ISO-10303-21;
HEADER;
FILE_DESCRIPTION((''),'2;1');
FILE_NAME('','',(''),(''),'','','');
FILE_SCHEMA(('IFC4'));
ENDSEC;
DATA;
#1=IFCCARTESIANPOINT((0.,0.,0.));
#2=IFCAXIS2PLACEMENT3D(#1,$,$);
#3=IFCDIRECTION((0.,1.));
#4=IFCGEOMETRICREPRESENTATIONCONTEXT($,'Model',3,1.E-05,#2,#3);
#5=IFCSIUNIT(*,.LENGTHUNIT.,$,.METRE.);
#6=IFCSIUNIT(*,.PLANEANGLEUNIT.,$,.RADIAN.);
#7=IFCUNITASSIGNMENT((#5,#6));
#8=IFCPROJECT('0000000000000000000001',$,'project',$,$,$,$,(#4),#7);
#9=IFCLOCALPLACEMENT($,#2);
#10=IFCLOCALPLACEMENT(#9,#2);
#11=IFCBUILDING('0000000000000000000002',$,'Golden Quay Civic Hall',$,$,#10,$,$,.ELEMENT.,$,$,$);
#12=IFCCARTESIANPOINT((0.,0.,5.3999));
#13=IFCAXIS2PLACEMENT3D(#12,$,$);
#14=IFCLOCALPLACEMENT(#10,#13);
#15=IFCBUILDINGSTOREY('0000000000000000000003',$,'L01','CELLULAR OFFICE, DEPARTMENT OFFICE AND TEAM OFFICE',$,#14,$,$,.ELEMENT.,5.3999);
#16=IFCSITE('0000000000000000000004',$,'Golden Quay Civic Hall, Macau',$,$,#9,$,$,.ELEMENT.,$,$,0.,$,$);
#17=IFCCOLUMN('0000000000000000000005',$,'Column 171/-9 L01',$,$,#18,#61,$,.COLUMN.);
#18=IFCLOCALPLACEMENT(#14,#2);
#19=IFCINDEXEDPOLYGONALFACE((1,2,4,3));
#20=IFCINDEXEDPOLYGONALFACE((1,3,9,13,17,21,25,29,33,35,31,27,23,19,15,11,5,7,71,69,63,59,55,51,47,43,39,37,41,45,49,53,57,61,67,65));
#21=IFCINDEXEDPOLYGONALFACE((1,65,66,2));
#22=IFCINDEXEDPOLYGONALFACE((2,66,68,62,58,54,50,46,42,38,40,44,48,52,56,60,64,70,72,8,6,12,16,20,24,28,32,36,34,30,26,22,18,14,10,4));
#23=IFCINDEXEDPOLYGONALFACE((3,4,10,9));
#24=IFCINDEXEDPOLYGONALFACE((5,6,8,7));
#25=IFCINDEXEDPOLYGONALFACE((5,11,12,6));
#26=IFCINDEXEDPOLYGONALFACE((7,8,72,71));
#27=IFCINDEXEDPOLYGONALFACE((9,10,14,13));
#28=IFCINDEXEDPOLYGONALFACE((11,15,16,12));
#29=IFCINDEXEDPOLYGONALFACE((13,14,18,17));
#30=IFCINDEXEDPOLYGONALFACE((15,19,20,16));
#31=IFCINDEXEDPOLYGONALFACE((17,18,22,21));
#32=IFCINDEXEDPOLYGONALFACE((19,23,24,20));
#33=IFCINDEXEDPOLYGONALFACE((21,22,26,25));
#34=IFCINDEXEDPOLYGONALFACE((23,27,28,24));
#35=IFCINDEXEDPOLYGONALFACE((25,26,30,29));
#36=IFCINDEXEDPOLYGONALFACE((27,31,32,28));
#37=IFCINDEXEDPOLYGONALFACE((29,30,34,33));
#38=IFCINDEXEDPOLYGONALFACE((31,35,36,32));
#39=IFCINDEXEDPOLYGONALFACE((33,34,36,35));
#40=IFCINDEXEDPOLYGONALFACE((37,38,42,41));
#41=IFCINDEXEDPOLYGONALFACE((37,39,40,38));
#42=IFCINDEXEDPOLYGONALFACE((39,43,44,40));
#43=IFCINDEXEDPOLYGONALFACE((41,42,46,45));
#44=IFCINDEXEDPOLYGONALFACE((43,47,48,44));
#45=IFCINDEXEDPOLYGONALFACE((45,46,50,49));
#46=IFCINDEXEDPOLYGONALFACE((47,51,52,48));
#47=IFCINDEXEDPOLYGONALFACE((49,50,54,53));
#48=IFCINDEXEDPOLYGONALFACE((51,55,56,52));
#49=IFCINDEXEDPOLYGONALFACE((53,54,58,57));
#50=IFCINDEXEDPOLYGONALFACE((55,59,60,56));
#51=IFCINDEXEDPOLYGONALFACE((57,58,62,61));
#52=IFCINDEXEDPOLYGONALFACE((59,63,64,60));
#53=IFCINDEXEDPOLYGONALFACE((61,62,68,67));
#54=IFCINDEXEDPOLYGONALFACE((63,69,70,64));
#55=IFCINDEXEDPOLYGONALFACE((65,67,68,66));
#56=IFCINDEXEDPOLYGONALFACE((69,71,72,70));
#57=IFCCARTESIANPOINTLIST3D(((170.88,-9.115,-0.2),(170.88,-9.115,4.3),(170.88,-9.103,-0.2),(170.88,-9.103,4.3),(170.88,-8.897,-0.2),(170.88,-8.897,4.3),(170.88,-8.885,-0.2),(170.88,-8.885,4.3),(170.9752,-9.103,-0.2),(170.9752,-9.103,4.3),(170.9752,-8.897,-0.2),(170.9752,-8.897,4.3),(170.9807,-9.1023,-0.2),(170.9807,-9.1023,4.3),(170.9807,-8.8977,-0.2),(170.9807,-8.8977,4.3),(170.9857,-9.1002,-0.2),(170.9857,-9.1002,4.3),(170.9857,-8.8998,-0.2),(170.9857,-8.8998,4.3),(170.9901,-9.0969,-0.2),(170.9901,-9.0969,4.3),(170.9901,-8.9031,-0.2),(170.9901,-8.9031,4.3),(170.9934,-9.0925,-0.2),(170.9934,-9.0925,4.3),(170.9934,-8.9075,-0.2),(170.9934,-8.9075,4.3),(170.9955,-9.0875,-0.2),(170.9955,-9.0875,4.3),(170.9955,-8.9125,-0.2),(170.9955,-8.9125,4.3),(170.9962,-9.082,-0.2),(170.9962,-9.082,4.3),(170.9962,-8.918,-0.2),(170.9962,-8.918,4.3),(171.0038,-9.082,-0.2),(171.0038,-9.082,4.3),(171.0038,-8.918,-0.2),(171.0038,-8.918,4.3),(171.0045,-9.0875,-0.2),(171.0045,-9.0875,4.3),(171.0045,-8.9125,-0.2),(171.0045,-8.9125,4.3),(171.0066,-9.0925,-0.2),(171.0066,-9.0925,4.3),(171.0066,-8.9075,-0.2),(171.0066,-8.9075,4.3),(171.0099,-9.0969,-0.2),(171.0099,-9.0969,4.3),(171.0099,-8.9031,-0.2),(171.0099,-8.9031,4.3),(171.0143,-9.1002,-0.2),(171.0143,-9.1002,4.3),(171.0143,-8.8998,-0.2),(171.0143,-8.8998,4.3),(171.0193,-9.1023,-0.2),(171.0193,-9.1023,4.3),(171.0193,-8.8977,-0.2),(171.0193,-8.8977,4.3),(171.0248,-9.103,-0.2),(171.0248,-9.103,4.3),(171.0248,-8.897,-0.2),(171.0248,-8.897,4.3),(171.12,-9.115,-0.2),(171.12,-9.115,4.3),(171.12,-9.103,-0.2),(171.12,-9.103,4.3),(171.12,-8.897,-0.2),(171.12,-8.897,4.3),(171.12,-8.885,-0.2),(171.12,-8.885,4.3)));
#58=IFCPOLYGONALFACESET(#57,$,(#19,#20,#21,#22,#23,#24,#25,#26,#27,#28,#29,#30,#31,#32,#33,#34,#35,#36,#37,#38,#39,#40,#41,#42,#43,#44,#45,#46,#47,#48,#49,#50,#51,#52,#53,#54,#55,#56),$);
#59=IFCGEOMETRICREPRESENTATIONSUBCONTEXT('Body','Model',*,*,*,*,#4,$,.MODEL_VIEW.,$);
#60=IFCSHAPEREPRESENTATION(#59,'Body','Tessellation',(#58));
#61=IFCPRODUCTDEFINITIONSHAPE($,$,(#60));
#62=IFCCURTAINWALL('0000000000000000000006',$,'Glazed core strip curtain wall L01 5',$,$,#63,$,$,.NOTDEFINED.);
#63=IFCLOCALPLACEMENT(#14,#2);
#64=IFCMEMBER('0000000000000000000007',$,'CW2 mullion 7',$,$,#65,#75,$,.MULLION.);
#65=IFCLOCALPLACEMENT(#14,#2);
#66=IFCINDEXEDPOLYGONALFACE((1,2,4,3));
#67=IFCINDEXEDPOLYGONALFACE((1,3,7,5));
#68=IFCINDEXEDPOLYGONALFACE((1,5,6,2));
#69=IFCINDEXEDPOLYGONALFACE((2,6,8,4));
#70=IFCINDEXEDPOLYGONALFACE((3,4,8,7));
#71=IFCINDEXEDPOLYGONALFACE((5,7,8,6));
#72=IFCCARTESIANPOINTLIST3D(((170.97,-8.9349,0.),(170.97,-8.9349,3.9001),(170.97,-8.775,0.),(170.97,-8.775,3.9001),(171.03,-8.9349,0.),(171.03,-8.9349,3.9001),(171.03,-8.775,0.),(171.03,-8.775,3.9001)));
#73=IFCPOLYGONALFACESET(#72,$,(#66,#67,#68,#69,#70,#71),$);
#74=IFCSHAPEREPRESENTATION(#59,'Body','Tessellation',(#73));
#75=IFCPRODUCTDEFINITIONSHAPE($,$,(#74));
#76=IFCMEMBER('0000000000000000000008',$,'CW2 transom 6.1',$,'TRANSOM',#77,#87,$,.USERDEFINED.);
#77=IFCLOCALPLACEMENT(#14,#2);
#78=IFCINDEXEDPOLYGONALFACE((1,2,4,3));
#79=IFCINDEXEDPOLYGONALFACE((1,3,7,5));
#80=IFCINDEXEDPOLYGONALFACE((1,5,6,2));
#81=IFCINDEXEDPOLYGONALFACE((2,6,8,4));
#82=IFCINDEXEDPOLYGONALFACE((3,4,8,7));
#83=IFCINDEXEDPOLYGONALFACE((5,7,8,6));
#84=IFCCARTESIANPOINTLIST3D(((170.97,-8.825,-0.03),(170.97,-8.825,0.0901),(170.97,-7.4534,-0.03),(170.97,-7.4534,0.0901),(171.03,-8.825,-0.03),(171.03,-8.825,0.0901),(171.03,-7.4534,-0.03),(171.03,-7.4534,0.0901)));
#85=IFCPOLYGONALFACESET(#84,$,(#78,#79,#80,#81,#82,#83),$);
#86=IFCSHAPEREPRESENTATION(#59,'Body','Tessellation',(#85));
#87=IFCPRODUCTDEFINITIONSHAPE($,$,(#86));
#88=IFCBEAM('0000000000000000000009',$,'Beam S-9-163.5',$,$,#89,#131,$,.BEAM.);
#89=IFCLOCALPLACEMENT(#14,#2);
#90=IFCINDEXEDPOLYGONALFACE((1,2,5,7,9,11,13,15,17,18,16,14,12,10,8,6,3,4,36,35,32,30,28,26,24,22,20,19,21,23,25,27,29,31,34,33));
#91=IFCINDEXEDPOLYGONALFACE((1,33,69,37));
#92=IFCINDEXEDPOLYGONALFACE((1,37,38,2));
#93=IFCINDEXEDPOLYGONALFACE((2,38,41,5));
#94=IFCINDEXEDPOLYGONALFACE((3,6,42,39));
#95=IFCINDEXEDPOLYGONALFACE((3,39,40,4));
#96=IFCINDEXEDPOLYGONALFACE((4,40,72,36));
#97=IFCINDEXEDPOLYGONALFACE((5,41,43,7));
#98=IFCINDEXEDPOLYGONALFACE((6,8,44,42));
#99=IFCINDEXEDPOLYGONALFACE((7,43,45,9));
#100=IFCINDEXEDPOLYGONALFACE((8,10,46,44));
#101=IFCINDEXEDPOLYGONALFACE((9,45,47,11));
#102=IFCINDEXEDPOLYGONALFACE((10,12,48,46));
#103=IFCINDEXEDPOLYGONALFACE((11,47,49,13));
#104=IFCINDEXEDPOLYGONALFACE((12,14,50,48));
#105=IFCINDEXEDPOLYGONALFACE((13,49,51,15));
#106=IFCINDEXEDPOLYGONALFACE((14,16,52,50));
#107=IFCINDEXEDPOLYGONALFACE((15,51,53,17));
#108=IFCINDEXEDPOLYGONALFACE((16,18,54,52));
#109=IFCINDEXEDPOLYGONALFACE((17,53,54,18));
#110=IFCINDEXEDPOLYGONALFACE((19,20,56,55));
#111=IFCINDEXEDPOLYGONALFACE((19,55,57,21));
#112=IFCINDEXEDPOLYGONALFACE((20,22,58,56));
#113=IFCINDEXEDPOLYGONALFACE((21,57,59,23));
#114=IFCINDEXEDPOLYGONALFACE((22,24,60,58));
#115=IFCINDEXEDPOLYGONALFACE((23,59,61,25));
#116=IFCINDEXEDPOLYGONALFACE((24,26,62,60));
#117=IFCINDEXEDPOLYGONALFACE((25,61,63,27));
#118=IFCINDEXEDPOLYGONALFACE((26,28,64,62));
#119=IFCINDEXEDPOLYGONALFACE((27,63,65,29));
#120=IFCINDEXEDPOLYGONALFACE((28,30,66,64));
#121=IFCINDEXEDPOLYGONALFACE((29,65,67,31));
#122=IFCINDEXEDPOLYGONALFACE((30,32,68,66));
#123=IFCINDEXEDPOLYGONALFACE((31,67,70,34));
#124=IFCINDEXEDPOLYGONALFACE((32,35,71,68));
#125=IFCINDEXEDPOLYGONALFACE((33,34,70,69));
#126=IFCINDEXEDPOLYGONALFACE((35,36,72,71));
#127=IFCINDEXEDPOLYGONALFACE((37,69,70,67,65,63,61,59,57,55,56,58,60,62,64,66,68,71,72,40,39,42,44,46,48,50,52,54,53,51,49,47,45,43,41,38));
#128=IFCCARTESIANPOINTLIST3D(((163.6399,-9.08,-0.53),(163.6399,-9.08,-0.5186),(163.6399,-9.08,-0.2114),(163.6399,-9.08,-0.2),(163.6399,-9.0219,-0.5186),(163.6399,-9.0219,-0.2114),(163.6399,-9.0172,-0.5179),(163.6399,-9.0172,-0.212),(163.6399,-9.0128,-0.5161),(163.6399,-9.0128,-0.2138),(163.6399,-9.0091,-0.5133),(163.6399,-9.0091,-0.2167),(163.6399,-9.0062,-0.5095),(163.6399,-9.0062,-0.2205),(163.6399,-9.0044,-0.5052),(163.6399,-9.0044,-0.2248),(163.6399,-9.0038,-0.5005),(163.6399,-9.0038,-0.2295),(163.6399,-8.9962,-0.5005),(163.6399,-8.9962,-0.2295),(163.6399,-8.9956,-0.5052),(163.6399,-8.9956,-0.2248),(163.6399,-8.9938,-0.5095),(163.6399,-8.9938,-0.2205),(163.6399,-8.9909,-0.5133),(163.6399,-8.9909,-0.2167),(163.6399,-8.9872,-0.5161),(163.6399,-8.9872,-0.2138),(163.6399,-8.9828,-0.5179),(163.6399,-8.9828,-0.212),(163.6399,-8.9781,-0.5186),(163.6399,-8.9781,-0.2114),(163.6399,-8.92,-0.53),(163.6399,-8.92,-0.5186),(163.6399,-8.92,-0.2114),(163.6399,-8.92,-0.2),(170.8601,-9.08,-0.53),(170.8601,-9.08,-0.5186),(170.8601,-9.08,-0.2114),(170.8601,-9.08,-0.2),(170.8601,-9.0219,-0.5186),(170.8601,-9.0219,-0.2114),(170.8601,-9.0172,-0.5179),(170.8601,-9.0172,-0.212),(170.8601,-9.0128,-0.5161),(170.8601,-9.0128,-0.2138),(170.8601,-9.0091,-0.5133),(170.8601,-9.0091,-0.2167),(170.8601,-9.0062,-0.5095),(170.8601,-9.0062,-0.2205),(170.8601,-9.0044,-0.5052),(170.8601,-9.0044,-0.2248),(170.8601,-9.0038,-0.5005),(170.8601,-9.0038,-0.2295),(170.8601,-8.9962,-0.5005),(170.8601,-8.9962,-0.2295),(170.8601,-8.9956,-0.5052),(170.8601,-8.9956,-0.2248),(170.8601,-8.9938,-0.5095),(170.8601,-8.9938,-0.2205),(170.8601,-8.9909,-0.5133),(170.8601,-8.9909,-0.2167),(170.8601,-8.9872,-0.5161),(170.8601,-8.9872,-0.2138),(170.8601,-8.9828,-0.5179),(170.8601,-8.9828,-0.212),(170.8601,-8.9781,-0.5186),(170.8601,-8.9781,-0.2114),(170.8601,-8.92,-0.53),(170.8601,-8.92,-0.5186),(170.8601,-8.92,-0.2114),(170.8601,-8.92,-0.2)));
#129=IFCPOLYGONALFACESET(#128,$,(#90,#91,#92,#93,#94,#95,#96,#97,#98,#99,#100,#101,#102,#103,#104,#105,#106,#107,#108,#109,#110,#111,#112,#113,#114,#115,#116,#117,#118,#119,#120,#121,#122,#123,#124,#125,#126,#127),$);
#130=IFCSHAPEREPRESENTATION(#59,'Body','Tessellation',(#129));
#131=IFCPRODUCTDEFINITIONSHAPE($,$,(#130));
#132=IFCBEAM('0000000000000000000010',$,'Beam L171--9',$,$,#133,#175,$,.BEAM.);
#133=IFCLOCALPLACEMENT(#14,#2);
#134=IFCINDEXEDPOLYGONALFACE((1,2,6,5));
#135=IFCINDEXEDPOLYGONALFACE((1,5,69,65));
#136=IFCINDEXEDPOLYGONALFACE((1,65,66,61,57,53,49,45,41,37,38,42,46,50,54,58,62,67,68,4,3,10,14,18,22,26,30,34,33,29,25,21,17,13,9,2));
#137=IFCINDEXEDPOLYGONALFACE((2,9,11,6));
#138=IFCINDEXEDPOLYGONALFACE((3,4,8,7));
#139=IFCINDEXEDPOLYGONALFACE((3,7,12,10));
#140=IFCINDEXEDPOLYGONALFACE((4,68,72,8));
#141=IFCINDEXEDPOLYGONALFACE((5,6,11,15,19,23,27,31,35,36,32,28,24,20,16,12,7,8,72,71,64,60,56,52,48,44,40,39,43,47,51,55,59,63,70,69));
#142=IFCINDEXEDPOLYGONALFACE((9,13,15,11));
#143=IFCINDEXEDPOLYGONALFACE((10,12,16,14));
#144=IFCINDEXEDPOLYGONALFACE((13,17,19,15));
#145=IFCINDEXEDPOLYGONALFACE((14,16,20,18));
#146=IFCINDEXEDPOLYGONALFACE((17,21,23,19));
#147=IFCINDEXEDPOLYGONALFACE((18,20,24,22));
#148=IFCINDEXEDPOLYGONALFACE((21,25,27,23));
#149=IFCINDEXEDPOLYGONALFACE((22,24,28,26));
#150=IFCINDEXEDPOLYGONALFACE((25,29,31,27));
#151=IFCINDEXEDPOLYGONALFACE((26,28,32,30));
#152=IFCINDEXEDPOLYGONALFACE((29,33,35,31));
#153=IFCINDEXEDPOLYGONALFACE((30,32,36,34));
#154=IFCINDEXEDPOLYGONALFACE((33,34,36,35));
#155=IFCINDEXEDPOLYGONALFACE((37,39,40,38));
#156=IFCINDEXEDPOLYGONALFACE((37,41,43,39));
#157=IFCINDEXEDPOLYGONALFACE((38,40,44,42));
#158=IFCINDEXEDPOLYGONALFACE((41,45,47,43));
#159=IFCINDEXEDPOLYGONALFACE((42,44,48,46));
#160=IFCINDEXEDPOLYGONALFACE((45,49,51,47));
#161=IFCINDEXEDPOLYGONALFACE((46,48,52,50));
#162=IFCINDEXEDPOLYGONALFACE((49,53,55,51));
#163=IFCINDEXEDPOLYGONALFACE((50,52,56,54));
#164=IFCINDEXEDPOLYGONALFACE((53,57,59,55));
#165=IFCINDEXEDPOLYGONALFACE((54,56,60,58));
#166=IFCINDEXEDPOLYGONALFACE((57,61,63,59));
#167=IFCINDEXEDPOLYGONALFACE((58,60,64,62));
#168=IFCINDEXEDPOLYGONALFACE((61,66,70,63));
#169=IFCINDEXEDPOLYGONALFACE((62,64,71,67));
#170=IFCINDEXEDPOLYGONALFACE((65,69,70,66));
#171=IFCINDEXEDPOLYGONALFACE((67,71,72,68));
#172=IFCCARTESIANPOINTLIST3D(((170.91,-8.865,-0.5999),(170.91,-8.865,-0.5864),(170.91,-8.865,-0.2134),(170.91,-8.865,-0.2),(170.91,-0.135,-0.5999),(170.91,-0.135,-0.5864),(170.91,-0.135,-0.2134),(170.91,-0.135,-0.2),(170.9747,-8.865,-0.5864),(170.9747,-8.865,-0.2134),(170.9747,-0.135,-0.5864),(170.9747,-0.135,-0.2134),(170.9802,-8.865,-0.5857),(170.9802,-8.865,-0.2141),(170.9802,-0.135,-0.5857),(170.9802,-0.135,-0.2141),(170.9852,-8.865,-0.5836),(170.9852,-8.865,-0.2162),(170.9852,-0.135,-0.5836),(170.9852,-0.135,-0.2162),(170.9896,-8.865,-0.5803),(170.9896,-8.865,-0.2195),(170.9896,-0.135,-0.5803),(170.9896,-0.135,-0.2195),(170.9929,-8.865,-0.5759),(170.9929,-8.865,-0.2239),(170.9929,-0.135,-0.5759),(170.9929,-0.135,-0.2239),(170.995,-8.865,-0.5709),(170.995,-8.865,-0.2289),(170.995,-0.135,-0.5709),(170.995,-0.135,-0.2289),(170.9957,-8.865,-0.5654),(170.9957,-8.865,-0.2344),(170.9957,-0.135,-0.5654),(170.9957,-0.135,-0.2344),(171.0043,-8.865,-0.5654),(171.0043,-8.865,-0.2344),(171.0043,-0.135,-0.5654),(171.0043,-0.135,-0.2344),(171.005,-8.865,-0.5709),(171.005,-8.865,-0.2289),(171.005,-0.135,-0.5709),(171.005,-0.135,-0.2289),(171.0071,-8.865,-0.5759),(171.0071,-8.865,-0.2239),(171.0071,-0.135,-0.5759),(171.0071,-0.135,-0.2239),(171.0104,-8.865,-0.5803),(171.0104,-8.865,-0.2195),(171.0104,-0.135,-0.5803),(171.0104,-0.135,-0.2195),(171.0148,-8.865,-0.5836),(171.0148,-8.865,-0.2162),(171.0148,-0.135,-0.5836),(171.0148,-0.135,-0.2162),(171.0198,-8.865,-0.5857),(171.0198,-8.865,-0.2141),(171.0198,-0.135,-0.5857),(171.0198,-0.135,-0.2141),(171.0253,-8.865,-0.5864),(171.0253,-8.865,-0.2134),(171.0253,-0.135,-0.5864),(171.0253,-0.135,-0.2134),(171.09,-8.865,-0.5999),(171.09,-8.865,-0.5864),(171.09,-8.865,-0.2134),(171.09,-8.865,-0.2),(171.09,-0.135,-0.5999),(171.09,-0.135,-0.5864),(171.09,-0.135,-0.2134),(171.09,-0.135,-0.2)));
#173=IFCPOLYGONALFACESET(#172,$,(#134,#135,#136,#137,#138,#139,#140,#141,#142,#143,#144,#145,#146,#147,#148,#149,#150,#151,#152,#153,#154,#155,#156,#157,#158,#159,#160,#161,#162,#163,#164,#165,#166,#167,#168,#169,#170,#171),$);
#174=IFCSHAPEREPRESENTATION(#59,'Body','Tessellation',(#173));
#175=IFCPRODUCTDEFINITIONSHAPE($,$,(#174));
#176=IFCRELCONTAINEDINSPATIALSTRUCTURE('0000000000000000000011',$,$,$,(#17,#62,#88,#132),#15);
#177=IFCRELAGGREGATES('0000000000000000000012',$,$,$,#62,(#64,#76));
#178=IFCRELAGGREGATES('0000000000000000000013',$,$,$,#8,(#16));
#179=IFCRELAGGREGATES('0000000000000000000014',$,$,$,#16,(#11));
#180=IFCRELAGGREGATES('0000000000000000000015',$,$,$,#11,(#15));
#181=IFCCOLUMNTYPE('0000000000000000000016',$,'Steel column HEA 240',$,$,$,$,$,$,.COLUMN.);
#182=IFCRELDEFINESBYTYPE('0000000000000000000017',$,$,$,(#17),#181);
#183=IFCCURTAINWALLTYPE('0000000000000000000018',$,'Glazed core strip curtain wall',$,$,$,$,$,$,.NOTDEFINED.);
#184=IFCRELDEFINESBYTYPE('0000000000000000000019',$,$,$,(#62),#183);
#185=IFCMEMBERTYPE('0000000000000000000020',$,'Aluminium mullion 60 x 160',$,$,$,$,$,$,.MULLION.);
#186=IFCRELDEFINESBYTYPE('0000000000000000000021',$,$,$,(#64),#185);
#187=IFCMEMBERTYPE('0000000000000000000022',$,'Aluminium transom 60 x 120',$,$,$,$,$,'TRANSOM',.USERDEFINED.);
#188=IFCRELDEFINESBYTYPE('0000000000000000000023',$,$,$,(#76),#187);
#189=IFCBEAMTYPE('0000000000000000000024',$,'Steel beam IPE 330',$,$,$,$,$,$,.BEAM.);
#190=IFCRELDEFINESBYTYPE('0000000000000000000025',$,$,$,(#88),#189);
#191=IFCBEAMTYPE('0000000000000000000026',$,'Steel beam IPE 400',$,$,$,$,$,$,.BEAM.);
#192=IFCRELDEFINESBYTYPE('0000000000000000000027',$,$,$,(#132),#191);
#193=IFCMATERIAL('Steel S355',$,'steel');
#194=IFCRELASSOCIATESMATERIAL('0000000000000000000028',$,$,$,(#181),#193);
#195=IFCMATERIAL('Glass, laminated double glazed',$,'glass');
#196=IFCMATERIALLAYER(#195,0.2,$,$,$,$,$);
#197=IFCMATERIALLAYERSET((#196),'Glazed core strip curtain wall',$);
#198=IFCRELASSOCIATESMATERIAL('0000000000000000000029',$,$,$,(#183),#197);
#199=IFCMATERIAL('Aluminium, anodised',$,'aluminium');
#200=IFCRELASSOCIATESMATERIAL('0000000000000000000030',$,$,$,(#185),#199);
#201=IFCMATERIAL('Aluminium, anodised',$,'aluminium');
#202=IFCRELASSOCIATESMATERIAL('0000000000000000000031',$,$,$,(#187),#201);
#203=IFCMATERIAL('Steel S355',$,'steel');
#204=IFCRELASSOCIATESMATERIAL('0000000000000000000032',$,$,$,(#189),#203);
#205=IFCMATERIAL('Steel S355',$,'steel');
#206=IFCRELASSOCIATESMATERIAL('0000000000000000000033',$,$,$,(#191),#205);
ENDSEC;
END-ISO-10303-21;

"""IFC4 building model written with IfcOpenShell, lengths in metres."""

from ifc_helpers import new_model, si_unit, direction, frame, origin, origin_2d, place, context, subcontext, project, spatial, rectangle, i_section, extrude, material, layer, layer_set, material_profile, profile_set, type_object, element, aggregate, save


model = new_model("IFC4")

# Units and contexts
model_context = context("Model", 3, precision=1e-05, world=origin(), true_north=direction((0.0, 1.0)))
body_context = subcontext(model_context, "Body", "Model", "MODEL_VIEW")
ifc_project = project(units=[si_unit("LENGTHUNIT", "METRE"), si_unit("PLANEANGLEUNIT", "RADIAN")], contexts=[model_context])

# Site, building, storey
site_placement = place(None, origin())
site = spatial("IfcSite", under=ifc_project, at=site_placement, Name="Golden Quay Civic Hall, Macau", CompositionType="ELEMENT", RefElevation=0.0)
building_placement = place(site_placement, origin())
building = spatial("IfcBuilding", under=site, at=building_placement, Name="Golden Quay Civic Hall", CompositionType="ELEMENT")
storey_placement = place(building_placement, frame((0.0, 0.0, 5.3999)))
storey = spatial("IfcBuildingStorey", under=building, at=storey_placement, Name="L01", Description="CELLULAR OFFICE, DEPARTMENT OFFICE AND TEAM OFFICE", CompositionType="ELEMENT", Elevation=5.3999)

# Column
ifc_material_1 = material(Name="Steel S355", Category="steel")
ifc_material_profile_1 = material_profile(ifc_material_1, i_section(OverallWidth=0.24, OverallDepth=0.23, WebThickness=0.0076, FlangeThickness=0.012, FilletRadius=0.021, at=origin_2d()), Name="HEA 240")
ifc_profile_set_1 = profile_set([ifc_material_profile_1], Name="Steel S355")
column_type = type_object("IfcColumnType", Name="Steel column HEA 240", PredefinedType="COLUMN", material=ifc_profile_set_1)
column_placement = place(storey_placement, frame((171.0, -9.0, -0.2), z_axis=(0.0, 0.0, 1.0), x_axis=(1.0, 0.0, 0.0)))
element("IfcColumn", 1, at=column_placement, inside=storey, type_object=column_type, Name="Column 171/-9 L01", PredefinedType="COLUMN", context=body_context, shape_type="SweptSolid", body=[
    extrude(i_section(OverallWidth=0.24, OverallDepth=0.23, WebThickness=0.0076, FlangeThickness=0.012, FilletRadius=0.021, at=origin_2d()), origin(), (0.0, 0.0, 1.0), 4.5),
])

# Curtain wall, members
ifc_material_2 = material(Name="Glass, laminated double glazed", Category="glass")
ifc_layer_1 = layer(ifc_material_2, 0.2)
ifc_layer_set_1 = layer_set([ifc_layer_1], Name="Glazed core strip curtain wall")
curtain_wall_type = type_object("IfcCurtainWallType", Name="Glazed core strip curtain wall", PredefinedType="NOTDEFINED", material=ifc_layer_set_1)
curtain_wall_placement = place(storey_placement, origin())
curtain_wall = element("IfcCurtainWall", 2, at=curtain_wall_placement, inside=storey, type_object=curtain_wall_type, Name="Glazed core strip curtain wall L01 5", PredefinedType="NOTDEFINED")
ifc_material_3 = material(Name="Aluminium, anodised", Category="aluminium")
ifc_material_profile_2 = material_profile(ifc_material_3, rectangle(XDim=0.0601, YDim=0.1599, at=origin_2d()), Name="Aluminium 60 x 160")
ifc_profile_set_2 = profile_set([ifc_material_profile_2], Name="Aluminium, anodised")
member_type_1 = type_object("IfcMemberType", Name="Aluminium mullion 60 x 160", PredefinedType="MULLION", material=ifc_profile_set_2)
member_1_placement = place(storey_placement, frame((171.0, -8.855, 0.0), z_axis=(0.0, 0.0, 1.0), x_axis=(1.0, 0.0, 0.0)))
member_1 = element("IfcMember", 3, at=member_1_placement, type_object=member_type_1, Name="CW2 mullion 7", PredefinedType="MULLION", context=body_context, shape_type="SweptSolid", body=[
    extrude(rectangle(XDim=0.0601, YDim=0.1599, at=origin_2d()), origin(), (0.0, 0.0, 1.0), 3.9001),
])
ifc_material_4 = material(Name="Aluminium, anodised", Category="aluminium")
ifc_material_profile_3 = material_profile(ifc_material_4, rectangle(XDim=0.0601, YDim=0.1201, at=origin_2d()), Name="Aluminium 60 x 120")
ifc_profile_set_3 = profile_set([ifc_material_profile_3], Name="Aluminium, anodised")
member_type_2 = type_object("IfcMemberType", Name="Aluminium transom 60 x 120", ElementType="TRANSOM", PredefinedType="USERDEFINED", material=ifc_profile_set_3)
member_2_placement = place(storey_placement, frame((171.0, -7.4534, 0.03), z_axis=(0.0, -1.0, 0.0), x_axis=(1.0, 0.0, 0.0)))
member_2 = element("IfcMember", 4, at=member_2_placement, type_object=member_type_2, Name="CW2 transom 6.1", ObjectType="TRANSOM", PredefinedType="USERDEFINED", context=body_context, shape_type="SweptSolid", body=[
    extrude(rectangle(XDim=0.0601, YDim=0.1201, at=origin_2d()), origin(), (0.0, 0.0, 1.0), 1.3716),
])

# Beams
ifc_material_5 = material(Name="Steel S355", Category="steel")
ifc_material_profile_4 = material_profile(ifc_material_5, i_section(OverallWidth=0.1599, OverallDepth=0.3301, WebThickness=0.0076, FlangeThickness=0.0115, FilletRadius=0.0181, at=origin_2d()), Name="IPE 330")
ifc_profile_set_4 = profile_set([ifc_material_profile_4], Name="Steel S355")
beam_type_1 = type_object("IfcBeamType", Name="Steel beam IPE 330", PredefinedType="BEAM", material=ifc_profile_set_4)
beam_1_placement = place(storey_placement, frame((163.6399, -9.0, -0.365), z_axis=(1.0, 0.0, 0.0), x_axis=(0.0, 1.0, 0.0)))
element("IfcBeam", 5, at=beam_1_placement, inside=storey, type_object=beam_type_1, Name="Beam S-9-163.5", PredefinedType="BEAM", context=body_context, shape_type="SweptSolid", body=[
    extrude(i_section(OverallWidth=0.1599, OverallDepth=0.3301, WebThickness=0.0076, FlangeThickness=0.0115, FilletRadius=0.0181, at=origin_2d()), origin(), (0.0, 0.0, 1.0), 7.2202),
])
ifc_material_6 = material(Name="Steel S355", Category="steel")
ifc_material_profile_5 = material_profile(ifc_material_6, i_section(OverallWidth=0.1799, OverallDepth=0.3999, WebThickness=0.0085, FlangeThickness=0.0134, FilletRadius=0.021, at=origin_2d()), Name="IPE 400")
ifc_profile_set_5 = profile_set([ifc_material_profile_5], Name="Steel S355")
beam_type_2 = type_object("IfcBeamType", Name="Steel beam IPE 400", PredefinedType="BEAM", material=ifc_profile_set_5)
beam_2_placement = place(storey_placement, frame((171.0, -8.865, -0.3999), z_axis=(0.0, 1.0, 0.0), x_axis=(-1.0, 0.0, 0.0)))
element("IfcBeam", 6, at=beam_2_placement, inside=storey, type_object=beam_type_2, Name="Beam L171--9", PredefinedType="BEAM", context=body_context, shape_type="SweptSolid", body=[
    extrude(i_section(OverallWidth=0.1799, OverallDepth=0.3999, WebThickness=0.0085, FlangeThickness=0.0134, FilletRadius=0.021, at=origin_2d()), origin(), (0.0, 0.0, 1.0), 8.73),
])

aggregate(curtain_wall, [member_1, member_2])

save(model, "model.ifc")
